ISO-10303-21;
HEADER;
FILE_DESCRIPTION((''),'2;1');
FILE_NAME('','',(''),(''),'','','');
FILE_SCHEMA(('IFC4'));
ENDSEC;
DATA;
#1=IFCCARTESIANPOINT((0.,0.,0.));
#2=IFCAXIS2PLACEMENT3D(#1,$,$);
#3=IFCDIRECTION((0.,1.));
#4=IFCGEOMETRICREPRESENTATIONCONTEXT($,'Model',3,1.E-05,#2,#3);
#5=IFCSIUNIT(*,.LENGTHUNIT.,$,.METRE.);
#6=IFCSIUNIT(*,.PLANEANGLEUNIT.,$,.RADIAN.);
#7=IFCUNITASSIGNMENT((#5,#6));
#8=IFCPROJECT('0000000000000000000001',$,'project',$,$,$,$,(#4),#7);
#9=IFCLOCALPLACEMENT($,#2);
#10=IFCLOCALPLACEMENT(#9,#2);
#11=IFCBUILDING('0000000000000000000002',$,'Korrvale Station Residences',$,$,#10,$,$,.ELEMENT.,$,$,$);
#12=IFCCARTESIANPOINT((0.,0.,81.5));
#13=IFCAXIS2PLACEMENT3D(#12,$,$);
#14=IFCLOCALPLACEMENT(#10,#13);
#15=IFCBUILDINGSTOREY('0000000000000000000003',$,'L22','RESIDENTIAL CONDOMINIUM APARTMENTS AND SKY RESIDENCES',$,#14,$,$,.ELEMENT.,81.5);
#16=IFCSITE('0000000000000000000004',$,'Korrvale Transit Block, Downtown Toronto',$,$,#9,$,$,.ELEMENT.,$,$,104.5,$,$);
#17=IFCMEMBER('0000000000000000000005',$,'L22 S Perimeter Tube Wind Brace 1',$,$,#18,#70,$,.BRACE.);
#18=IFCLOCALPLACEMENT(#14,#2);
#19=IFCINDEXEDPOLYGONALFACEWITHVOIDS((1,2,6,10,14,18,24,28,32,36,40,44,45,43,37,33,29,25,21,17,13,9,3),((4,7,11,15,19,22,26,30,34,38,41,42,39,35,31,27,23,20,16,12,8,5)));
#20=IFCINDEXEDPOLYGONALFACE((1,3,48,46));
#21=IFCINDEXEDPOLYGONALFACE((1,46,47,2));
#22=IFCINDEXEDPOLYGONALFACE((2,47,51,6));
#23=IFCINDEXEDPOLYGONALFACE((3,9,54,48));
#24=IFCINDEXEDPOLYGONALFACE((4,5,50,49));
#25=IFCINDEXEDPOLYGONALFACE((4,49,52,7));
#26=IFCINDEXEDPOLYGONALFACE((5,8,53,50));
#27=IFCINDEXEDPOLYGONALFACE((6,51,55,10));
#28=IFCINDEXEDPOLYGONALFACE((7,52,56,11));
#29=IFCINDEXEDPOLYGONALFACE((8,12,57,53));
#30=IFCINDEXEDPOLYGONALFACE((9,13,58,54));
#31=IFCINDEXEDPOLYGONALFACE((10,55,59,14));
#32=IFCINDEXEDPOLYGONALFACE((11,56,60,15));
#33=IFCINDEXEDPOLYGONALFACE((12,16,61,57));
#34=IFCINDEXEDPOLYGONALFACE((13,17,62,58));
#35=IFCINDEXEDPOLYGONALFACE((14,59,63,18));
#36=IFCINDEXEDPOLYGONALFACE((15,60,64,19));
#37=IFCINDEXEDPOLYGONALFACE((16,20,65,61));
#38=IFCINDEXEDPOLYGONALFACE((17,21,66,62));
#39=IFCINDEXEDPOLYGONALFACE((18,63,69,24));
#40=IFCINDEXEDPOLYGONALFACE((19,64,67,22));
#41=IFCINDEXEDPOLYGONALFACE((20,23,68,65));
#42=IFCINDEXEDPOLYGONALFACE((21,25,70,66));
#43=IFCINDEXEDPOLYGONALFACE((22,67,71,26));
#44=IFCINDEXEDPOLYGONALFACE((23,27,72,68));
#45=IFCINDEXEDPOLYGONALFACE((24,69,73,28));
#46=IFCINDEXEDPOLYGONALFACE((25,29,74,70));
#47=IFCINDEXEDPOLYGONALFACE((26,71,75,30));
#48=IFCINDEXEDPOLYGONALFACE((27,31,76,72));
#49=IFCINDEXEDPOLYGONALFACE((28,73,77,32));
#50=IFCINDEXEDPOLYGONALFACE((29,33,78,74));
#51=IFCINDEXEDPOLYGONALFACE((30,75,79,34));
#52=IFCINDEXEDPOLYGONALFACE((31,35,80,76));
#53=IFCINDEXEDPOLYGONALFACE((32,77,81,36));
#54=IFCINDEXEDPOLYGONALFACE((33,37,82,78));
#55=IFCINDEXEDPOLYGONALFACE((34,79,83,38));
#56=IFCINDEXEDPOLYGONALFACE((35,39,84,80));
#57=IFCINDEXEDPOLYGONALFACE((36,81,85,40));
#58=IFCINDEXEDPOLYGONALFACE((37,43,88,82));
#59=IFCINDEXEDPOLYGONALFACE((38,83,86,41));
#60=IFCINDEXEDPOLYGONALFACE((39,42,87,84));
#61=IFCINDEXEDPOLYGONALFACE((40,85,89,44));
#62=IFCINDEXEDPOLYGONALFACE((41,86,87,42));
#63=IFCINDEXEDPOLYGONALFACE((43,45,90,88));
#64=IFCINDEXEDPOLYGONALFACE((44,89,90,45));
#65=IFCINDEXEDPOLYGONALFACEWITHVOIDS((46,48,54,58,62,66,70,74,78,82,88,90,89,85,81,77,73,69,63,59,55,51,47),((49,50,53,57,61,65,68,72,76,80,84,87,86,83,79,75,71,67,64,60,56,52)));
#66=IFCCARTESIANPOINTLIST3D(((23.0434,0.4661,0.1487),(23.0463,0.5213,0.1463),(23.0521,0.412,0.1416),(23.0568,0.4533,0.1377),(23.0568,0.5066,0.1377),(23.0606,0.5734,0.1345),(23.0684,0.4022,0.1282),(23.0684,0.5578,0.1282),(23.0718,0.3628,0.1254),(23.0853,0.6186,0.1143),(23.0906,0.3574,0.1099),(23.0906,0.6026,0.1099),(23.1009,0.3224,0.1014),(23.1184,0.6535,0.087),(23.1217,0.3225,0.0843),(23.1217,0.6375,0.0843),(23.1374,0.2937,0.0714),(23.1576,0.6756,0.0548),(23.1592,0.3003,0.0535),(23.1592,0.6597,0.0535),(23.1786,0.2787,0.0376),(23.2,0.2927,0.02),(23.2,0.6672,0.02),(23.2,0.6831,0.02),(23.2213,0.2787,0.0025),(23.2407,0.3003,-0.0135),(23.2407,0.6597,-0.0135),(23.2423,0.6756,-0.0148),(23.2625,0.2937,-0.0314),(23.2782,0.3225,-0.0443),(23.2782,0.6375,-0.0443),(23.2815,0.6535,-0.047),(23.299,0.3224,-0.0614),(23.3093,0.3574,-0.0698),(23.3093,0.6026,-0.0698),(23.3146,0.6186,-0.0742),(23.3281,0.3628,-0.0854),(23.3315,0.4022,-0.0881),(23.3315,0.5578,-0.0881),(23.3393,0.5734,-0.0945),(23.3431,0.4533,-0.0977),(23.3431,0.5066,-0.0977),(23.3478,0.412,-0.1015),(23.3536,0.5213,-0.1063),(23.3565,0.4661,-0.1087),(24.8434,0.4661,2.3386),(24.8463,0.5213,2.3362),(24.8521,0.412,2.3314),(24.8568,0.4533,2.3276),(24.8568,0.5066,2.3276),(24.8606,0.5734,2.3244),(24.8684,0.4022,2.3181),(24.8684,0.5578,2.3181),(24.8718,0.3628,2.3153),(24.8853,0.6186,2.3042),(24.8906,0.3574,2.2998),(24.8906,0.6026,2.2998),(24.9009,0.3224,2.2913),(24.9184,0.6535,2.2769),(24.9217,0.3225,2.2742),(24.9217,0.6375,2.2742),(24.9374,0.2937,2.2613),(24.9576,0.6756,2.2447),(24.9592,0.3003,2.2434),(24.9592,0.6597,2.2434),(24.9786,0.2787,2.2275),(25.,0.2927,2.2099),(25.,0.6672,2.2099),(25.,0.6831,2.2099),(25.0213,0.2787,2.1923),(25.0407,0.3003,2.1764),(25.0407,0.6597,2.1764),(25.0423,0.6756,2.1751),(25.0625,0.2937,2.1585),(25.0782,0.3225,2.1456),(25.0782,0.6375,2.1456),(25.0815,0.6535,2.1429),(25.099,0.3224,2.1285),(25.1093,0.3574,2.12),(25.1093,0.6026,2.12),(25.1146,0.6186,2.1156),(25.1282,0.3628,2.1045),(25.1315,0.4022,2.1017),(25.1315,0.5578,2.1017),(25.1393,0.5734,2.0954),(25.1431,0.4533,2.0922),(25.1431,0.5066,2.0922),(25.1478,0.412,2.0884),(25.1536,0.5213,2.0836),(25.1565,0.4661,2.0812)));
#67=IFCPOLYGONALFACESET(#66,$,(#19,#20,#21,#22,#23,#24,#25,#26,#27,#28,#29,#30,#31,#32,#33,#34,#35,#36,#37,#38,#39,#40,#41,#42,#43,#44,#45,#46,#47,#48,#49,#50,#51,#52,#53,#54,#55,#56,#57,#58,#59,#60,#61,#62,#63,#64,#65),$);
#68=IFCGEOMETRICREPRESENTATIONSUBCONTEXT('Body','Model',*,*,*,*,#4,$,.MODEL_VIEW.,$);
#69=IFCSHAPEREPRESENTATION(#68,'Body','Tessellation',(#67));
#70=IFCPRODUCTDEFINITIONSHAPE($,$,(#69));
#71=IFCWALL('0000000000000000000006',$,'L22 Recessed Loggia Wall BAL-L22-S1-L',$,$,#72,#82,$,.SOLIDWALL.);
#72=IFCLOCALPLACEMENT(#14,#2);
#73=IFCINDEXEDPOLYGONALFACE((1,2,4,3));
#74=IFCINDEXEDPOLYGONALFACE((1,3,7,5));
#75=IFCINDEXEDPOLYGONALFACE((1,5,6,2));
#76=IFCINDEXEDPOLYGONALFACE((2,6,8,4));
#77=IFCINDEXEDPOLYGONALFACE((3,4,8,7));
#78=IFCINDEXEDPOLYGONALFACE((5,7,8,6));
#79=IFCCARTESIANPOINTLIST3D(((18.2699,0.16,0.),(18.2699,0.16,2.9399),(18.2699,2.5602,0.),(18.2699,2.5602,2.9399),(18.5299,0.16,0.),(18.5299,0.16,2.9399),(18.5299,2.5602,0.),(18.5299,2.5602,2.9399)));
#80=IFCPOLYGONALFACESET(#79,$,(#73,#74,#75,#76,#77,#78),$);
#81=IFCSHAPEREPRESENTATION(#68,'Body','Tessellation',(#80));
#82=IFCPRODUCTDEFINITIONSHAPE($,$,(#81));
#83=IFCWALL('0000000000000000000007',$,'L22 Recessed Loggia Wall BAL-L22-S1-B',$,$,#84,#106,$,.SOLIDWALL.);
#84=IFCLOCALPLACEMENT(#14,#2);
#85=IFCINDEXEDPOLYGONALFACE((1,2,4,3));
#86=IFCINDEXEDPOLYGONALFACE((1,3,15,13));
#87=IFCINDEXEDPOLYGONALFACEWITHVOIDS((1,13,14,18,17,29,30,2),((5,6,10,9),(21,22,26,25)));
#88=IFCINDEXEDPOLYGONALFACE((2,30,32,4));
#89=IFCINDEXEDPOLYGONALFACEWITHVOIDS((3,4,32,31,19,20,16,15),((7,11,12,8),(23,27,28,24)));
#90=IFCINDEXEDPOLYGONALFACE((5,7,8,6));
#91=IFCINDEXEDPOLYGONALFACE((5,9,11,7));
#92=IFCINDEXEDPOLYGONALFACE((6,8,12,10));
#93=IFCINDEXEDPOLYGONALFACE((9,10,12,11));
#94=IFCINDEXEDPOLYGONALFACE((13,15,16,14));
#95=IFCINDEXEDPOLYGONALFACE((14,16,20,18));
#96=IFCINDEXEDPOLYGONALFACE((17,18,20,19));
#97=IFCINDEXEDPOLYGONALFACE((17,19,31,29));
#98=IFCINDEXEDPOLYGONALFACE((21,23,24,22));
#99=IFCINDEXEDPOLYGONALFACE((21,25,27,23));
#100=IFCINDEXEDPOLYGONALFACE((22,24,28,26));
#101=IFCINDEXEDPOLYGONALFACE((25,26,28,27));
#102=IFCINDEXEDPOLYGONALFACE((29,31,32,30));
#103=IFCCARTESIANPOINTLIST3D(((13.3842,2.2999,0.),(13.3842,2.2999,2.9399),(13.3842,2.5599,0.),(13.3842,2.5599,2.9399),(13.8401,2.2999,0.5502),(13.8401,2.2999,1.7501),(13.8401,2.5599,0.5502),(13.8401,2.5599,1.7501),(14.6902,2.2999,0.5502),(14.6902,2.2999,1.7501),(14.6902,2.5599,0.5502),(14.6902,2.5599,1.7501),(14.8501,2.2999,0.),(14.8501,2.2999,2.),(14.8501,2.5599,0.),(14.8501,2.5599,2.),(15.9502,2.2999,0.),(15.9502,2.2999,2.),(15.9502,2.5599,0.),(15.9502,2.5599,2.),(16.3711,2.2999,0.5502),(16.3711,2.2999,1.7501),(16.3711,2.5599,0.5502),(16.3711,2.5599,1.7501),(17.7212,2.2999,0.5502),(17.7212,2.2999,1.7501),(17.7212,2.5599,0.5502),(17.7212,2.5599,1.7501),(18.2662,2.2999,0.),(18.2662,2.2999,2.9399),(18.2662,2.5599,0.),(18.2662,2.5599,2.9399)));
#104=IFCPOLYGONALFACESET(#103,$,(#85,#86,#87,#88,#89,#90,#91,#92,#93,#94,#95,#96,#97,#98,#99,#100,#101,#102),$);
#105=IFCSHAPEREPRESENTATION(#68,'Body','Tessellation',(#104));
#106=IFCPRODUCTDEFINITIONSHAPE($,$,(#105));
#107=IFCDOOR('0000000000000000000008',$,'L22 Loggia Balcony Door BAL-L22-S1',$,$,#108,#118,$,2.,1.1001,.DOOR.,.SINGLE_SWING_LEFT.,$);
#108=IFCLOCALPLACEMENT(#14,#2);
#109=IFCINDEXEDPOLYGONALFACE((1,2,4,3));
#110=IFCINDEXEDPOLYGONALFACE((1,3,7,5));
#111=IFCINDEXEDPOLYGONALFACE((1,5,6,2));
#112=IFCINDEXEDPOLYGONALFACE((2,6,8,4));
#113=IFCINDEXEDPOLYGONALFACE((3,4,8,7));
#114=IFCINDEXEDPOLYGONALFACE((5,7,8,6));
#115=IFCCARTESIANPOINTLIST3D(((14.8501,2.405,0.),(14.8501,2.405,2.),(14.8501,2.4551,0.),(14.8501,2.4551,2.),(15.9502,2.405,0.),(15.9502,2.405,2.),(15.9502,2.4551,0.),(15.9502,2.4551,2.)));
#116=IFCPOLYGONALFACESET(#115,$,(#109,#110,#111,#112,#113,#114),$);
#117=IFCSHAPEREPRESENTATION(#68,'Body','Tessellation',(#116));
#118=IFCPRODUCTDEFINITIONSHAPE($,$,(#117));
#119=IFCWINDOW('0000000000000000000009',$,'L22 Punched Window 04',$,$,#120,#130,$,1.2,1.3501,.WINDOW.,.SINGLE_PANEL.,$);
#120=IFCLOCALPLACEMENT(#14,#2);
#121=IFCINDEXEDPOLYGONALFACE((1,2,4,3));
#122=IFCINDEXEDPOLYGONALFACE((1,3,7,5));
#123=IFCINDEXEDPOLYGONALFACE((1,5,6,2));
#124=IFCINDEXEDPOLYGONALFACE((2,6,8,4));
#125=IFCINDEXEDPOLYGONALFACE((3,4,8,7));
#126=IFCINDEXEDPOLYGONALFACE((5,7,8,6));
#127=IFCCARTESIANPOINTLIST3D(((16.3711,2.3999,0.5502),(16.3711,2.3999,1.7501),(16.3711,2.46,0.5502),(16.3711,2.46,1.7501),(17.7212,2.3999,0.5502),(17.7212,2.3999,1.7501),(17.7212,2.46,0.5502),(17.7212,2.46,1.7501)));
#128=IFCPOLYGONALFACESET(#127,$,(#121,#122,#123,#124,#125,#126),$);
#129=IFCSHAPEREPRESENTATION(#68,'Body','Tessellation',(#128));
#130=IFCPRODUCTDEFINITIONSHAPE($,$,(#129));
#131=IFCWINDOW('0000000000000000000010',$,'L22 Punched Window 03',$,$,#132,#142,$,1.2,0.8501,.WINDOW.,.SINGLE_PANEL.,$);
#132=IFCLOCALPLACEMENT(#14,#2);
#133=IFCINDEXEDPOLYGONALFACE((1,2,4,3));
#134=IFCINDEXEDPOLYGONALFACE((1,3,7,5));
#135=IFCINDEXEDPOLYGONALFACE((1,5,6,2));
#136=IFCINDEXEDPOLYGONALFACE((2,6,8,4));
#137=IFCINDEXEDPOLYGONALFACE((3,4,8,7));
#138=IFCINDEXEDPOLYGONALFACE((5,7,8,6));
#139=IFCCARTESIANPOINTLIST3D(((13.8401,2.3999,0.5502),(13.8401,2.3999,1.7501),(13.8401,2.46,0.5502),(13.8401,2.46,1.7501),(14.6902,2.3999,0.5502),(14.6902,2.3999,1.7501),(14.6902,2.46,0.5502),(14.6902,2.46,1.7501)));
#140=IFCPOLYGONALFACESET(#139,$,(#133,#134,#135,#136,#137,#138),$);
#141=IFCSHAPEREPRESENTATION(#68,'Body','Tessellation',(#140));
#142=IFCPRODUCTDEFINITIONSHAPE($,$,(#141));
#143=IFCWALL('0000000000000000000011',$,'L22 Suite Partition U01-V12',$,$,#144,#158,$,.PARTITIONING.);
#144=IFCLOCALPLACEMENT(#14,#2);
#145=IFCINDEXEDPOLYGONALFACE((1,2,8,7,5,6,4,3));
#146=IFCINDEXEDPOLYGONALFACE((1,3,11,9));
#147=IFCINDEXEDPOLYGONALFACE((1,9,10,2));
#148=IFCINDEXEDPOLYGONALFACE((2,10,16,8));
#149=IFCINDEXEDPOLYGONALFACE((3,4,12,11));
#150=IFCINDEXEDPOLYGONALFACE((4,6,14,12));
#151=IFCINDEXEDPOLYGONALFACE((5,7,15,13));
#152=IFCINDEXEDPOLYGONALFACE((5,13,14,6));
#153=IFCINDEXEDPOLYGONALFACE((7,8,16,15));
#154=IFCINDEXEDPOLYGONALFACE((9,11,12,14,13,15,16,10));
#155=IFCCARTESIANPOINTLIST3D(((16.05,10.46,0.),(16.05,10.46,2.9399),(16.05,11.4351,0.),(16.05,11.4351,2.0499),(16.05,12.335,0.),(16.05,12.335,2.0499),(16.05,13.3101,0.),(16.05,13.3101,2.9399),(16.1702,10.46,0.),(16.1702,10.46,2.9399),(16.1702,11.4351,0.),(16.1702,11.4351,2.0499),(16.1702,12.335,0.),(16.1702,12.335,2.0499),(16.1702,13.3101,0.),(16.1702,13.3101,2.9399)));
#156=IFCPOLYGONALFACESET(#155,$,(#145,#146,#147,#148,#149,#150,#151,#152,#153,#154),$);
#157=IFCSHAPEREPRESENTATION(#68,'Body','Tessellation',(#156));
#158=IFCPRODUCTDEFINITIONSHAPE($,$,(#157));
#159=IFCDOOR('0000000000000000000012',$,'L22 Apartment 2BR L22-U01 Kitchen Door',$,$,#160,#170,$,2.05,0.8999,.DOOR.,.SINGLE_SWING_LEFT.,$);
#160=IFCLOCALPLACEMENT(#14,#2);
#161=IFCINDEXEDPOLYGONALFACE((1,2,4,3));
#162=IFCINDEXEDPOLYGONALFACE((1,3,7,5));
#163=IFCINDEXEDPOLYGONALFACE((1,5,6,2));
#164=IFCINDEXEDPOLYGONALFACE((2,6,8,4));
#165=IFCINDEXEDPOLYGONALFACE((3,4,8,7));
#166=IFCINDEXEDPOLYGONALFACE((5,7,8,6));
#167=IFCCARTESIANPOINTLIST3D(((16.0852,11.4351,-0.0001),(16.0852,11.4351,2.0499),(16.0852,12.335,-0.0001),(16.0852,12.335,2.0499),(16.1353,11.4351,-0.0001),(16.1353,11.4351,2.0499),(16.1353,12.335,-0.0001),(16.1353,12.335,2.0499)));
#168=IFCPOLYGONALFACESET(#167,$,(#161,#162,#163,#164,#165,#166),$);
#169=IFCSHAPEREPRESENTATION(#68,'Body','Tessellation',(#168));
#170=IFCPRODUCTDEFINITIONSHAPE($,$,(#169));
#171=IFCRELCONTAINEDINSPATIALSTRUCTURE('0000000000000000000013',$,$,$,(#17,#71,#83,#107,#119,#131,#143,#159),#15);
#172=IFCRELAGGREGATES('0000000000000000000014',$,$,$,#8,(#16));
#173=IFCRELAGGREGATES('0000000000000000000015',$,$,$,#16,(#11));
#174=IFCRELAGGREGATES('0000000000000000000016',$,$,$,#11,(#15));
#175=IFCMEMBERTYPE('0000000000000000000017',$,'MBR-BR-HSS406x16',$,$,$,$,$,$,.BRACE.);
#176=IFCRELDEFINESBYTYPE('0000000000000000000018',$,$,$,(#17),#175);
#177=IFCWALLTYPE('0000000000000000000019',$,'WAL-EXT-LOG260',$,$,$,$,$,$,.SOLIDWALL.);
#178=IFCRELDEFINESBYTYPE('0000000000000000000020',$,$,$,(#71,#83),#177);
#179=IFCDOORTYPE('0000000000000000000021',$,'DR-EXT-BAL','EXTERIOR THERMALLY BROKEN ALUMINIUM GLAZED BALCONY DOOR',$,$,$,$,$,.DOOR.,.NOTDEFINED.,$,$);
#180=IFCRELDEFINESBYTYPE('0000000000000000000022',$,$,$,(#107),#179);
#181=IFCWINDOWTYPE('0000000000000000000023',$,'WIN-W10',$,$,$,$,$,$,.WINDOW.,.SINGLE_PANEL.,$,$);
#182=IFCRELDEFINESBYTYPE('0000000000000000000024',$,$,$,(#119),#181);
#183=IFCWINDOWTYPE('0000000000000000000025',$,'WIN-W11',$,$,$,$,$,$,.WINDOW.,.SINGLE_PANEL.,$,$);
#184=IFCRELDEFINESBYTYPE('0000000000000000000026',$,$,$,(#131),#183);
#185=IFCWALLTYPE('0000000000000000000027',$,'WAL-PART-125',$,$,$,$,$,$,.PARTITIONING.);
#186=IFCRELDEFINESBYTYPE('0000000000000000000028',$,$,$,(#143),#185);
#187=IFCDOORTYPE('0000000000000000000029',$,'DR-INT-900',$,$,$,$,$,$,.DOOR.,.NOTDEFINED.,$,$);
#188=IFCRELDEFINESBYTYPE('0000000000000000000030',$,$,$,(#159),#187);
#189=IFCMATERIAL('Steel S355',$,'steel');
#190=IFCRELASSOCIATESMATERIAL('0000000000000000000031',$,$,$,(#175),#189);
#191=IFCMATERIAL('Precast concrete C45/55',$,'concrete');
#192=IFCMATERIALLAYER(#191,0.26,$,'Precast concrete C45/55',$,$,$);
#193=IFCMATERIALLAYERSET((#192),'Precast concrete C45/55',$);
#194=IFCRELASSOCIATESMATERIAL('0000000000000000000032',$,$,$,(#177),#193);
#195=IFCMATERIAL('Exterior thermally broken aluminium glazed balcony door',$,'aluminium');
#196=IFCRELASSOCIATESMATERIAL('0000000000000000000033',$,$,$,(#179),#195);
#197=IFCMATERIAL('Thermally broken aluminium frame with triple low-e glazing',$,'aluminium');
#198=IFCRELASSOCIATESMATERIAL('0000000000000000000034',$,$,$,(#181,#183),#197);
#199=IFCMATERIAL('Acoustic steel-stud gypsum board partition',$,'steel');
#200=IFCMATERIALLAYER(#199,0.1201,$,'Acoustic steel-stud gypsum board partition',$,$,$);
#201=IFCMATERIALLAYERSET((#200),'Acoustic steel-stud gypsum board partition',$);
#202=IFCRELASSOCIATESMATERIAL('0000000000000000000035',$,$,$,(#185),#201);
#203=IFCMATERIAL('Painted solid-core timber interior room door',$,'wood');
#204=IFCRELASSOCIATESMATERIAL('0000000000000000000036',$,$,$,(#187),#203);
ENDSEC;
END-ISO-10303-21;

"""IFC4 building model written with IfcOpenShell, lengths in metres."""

from ifc_helpers import new_model, si_unit, direction, frame, frame_2d, origin, origin_2d, place, context, subcontext, project, spatial, rectangle, hollow_circle, extrude, material, layer, layer_set, material_profile, profile_set, type_object, element, fill, save


model = new_model("IFC4")

# Units and contexts
model_context = context("Model", 3, precision=1e-05, world=origin(), true_north=direction((0.0, 1.0)))
body_context = subcontext(model_context, "Body", "Model", "MODEL_VIEW")
ifc_project = project(units=[si_unit("LENGTHUNIT", "METRE"), si_unit("PLANEANGLEUNIT", "RADIAN")], contexts=[model_context])

# Site, building, storey
site_placement = place(None, origin())
site = spatial("IfcSite", under=ifc_project, at=site_placement, Name="Korrvale Transit Block, Downtown Toronto", CompositionType="ELEMENT", RefElevation=104.5)
building_placement = place(site_placement, origin())
building = spatial("IfcBuilding", under=site, at=building_placement, Name="Korrvale Station Residences", CompositionType="ELEMENT")
storey_placement = place(building_placement, frame((0.0, 0.0, 81.5)))
storey = spatial("IfcBuildingStorey", under=building, at=storey_placement, Name="L22", Description="RESIDENTIAL CONDOMINIUM APARTMENTS AND SKY RESIDENCES", CompositionType="ELEMENT", Elevation=81.5)

# Shared definitions
ifc_material_1 = material(Name="Steel S355", Category="steel")

# Member
ifc_material_profile_1 = material_profile(ifc_material_1, hollow_circle(Radius=0.2031, WallThickness=0.0159, at=origin_2d()), Name="HSS406x16")
ifc_profile_set_1 = profile_set([ifc_material_profile_1], Name="Steel S355")
member_type = type_object("IfcMemberType", Name="MBR-BR-HSS406x16", PredefinedType="BRACE", material=ifc_profile_set_1)
member_placement = place(storey_placement, frame((23.2, 0.48, 0.02), z_axis=(0.634985, 0.0, 0.772524), x_axis=(0.0, 1.0, 0.0)))
element("IfcMember", 1, at=member_placement, inside=storey, type_object=member_type, Name="L22 S Perimeter Tube Wind Brace 1", PredefinedType="BRACE", context=body_context, shape_type="SweptSolid", body=[
    extrude(hollow_circle(Radius=0.2031, WallThickness=0.0159, at=origin_2d()), origin(), (0.0, 0.0, 1.0), 2.8347),
])

# Wall
ifc_material_2 = material(Name="Precast concrete C45/55", Category="concrete")
ifc_layer_1 = layer(ifc_material_2, 0.26, Name="Precast concrete C45/55")
ifc_layer_set_1 = layer_set([ifc_layer_1], Name="Precast concrete C45/55")
wall_type_1 = type_object("IfcWallType", Name="WAL-EXT-LOG260", PredefinedType="SOLIDWALL", material=ifc_layer_set_1)
wall_1_placement = place(storey_placement, frame((18.3999, 0.1599, 0.0), z_axis=(0.0, 0.0, 1.0), x_axis=(0.0, 1.0, 0.0)))
element("IfcWall", 2, at=wall_1_placement, inside=storey, type_object=wall_type_1, Name="L22 Recessed Loggia Wall BAL-L22-S1-L", PredefinedType="SOLIDWALL", context=body_context, shape_type="SweptSolid", body=[
    extrude(rectangle(XDim=2.4001, YDim=0.26, at=frame_2d((1.2002, 0.0))), origin(), (0.0, 0.0, 1.0), 2.9399),
])

# Wall, openings, door, windows
wall_2_placement = place(storey_placement, frame((18.2661, 2.4299, 0.0), z_axis=(0.0, 0.0, 1.0), x_axis=(-1.0, 0.0, 0.0)))
wall_2 = element("IfcWall", 3, at=wall_2_placement, inside=storey, type_object=wall_type_1, Name="L22 Recessed Loggia Wall BAL-L22-S1-B", PredefinedType="SOLIDWALL", context=body_context, shape_type="SweptSolid", body=[
    extrude(rectangle(XDim=4.8821, YDim=0.26, at=frame_2d((2.4409, 0.0))), origin(), (0.0, 0.0, 1.0), 2.9399),
])
opening_1_placement = place(wall_2_placement, frame((2.3159, 0.0, 0.0)))
opening_1 = element("IfcOpeningElement", 4, at=opening_1_placement, cuts=wall_2, PredefinedType="OPENING", context=body_context, shape_type="SweptSolid", body=[
    extrude(rectangle(XDim=1.1001, YDim=2.0, at=frame_2d((0.55, 1.0))), frame((0.0, 0.1401, 0.0), z_axis=(0.0, -1.0, 0.0), x_axis=(1.0, 0.0, 0.0)), (0.0, 0.0, 1.0), 0.28),
])
opening_2_placement = place(wall_2_placement, frame((3.5759, 0.0, 0.55)))
opening_2 = element("IfcOpeningElement", 5, at=opening_2_placement, cuts=wall_2, PredefinedType="OPENING", context=body_context, shape_type="SweptSolid", body=[
    extrude(rectangle(XDim=0.8501, YDim=1.2, at=frame_2d((0.425, 0.6001))), frame((0.0, 0.1401, 0.0), z_axis=(0.0, -1.0, 0.0), x_axis=(1.0, 0.0, 0.0)), (0.0, 0.0, 1.0), 0.28),
])
opening_3_placement = place(wall_2_placement, frame((0.5449, 0.0, 0.55)))
opening_3 = element("IfcOpeningElement", 6, at=opening_3_placement, cuts=wall_2, PredefinedType="OPENING", context=body_context, shape_type="SweptSolid", body=[
    extrude(rectangle(XDim=1.3501, YDim=1.2, at=frame_2d((0.675, 0.6001))), frame((0.0, 0.1401, 0.0), z_axis=(0.0, -1.0, 0.0), x_axis=(1.0, 0.0, 0.0)), (0.0, 0.0, 1.0), 0.28),
])
ifc_material_3 = material(Name="Exterior thermally broken aluminium glazed balcony door", Category="aluminium")
door_type_1 = type_object("IfcDoorType", Name="DR-EXT-BAL", Description="EXTERIOR THERMALLY BROKEN ALUMINIUM GLAZED BALCONY DOOR", OperationType="NOTDEFINED", PredefinedType="DOOR", material=ifc_material_3)
door_1_placement = place(opening_1_placement, origin())
door_1 = element("IfcDoor", 7, at=door_1_placement, inside=storey, type_object=door_type_1, Name="L22 Loggia Balcony Door BAL-L22-S1", OperationType="SINGLE_SWING_LEFT", OverallHeight=2.0, OverallWidth=1.1001, PredefinedType="DOOR", context=body_context, shape_type="SweptSolid", body=[
    extrude(rectangle(XDim=1.1001, YDim=2.0, at=frame_2d((0.55, 1.0))), frame((0.0, 0.0249, 0.0), z_axis=(0.0, -1.0, 0.0), x_axis=(1.0, 0.0, 0.0)), (0.0, 0.0, 1.0), 0.05),
])
fill(opening_1, door_1)
ifc_material_4 = material(Name="Thermally broken aluminium frame with triple low-e glazing", Category="aluminium")
window_type_1 = type_object("IfcWindowType", Name="WIN-W10", PartitioningType="SINGLE_PANEL", PredefinedType="WINDOW", material=ifc_material_4)
window_1_placement = place(opening_3_placement, origin())
window_1 = element("IfcWindow", 8, at=window_1_placement, inside=storey, type_object=window_type_1, Name="L22 Punched Window 04", OverallHeight=1.2, OverallWidth=1.3501, PartitioningType="SINGLE_PANEL", PredefinedType="WINDOW", context=body_context, shape_type="SweptSolid", body=[
    extrude(rectangle(XDim=1.3501, YDim=1.2, at=frame_2d((0.675, 0.6001))), frame((0.0, 0.03, 0.0), z_axis=(0.0, -1.0, 0.0), x_axis=(1.0, 0.0, 0.0)), (0.0, 0.0, 1.0), 0.0601),
])
fill(opening_3, window_1)
window_type_2 = type_object("IfcWindowType", Name="WIN-W11", PartitioningType="SINGLE_PANEL", PredefinedType="WINDOW", material=ifc_material_4)
window_2_placement = place(opening_2_placement, origin())
window_2 = element("IfcWindow", 9, at=window_2_placement, inside=storey, type_object=window_type_2, Name="L22 Punched Window 03", OverallHeight=1.2, OverallWidth=0.8501, PartitioningType="SINGLE_PANEL", PredefinedType="WINDOW", context=body_context, shape_type="SweptSolid", body=[
    extrude(rectangle(XDim=0.8501, YDim=1.2, at=frame_2d((0.425, 0.6001))), frame((0.0, 0.03, 0.0), z_axis=(0.0, -1.0, 0.0), x_axis=(1.0, 0.0, 0.0)), (0.0, 0.0, 1.0), 0.0601),
])
fill(opening_2, window_2)

# Wall, opening, door
ifc_material_5 = material(Name="Acoustic steel-stud gypsum board partition", Category="steel")
ifc_layer_2 = layer(ifc_material_5, 0.1201, Name="Acoustic steel-stud gypsum board partition")
ifc_layer_set_2 = layer_set([ifc_layer_2], Name="Acoustic steel-stud gypsum board partition")
wall_type_2 = type_object("IfcWallType", Name="WAL-PART-125", PredefinedType="PARTITIONING", material=ifc_layer_set_2)
wall_3_placement = place(storey_placement, frame((16.1101, 10.46, 0.0), z_axis=(0.0, 0.0, 1.0), x_axis=(0.0, 1.0, 0.0)))
wall_3 = element("IfcWall", 10, at=wall_3_placement, inside=storey, type_object=wall_type_2, Name="L22 Suite Partition U01-V12", PredefinedType="PARTITIONING", context=body_context, shape_type="SweptSolid", body=[
    extrude(rectangle(XDim=2.8501, YDim=0.1201, at=frame_2d((1.425, 0.0))), origin(), (0.0, 0.0, 1.0), 2.9399),
])
opening_4_placement = place(wall_3_placement, frame((0.9751, 0.0, 0.0)))
opening_4 = element("IfcOpeningElement", 11, at=opening_4_placement, cuts=wall_3, PredefinedType="OPENING", context=body_context, shape_type="SweptSolid", body=[
    extrude(rectangle(XDim=0.8999, YDim=2.05, at=frame_2d((0.45, 1.0249))), frame((0.0, 0.0701, 0.0), z_axis=(0.0, -1.0, 0.0), x_axis=(1.0, 0.0, 0.0)), (0.0, 0.0, 1.0), 0.1401),
])
ifc_material_6 = material(Name="Painted solid-core timber interior room door", Category="wood")
door_type_2 = type_object("IfcDoorType", Name="DR-INT-900", OperationType="NOTDEFINED", PredefinedType="DOOR", material=ifc_material_6)
door_2_placement = place(opening_4_placement, origin())
door_2 = element("IfcDoor", 12, at=door_2_placement, inside=storey, type_object=door_type_2, Name="L22 Apartment 2BR L22-U01 Kitchen Door", OperationType="SINGLE_SWING_LEFT", OverallHeight=2.05, OverallWidth=0.8999, PredefinedType="DOOR", context=body_context, shape_type="SweptSolid", body=[
    extrude(rectangle(XDim=0.8999, YDim=2.05, at=frame_2d((0.45, 1.0249))), frame((0.0, 0.0249, 0.0), z_axis=(0.0, -1.0, 0.0), x_axis=(1.0, 0.0, 0.0)), (0.0, 0.0, 1.0), 0.05),
])
fill(opening_4, door_2)

save(model, "model.ifc")
